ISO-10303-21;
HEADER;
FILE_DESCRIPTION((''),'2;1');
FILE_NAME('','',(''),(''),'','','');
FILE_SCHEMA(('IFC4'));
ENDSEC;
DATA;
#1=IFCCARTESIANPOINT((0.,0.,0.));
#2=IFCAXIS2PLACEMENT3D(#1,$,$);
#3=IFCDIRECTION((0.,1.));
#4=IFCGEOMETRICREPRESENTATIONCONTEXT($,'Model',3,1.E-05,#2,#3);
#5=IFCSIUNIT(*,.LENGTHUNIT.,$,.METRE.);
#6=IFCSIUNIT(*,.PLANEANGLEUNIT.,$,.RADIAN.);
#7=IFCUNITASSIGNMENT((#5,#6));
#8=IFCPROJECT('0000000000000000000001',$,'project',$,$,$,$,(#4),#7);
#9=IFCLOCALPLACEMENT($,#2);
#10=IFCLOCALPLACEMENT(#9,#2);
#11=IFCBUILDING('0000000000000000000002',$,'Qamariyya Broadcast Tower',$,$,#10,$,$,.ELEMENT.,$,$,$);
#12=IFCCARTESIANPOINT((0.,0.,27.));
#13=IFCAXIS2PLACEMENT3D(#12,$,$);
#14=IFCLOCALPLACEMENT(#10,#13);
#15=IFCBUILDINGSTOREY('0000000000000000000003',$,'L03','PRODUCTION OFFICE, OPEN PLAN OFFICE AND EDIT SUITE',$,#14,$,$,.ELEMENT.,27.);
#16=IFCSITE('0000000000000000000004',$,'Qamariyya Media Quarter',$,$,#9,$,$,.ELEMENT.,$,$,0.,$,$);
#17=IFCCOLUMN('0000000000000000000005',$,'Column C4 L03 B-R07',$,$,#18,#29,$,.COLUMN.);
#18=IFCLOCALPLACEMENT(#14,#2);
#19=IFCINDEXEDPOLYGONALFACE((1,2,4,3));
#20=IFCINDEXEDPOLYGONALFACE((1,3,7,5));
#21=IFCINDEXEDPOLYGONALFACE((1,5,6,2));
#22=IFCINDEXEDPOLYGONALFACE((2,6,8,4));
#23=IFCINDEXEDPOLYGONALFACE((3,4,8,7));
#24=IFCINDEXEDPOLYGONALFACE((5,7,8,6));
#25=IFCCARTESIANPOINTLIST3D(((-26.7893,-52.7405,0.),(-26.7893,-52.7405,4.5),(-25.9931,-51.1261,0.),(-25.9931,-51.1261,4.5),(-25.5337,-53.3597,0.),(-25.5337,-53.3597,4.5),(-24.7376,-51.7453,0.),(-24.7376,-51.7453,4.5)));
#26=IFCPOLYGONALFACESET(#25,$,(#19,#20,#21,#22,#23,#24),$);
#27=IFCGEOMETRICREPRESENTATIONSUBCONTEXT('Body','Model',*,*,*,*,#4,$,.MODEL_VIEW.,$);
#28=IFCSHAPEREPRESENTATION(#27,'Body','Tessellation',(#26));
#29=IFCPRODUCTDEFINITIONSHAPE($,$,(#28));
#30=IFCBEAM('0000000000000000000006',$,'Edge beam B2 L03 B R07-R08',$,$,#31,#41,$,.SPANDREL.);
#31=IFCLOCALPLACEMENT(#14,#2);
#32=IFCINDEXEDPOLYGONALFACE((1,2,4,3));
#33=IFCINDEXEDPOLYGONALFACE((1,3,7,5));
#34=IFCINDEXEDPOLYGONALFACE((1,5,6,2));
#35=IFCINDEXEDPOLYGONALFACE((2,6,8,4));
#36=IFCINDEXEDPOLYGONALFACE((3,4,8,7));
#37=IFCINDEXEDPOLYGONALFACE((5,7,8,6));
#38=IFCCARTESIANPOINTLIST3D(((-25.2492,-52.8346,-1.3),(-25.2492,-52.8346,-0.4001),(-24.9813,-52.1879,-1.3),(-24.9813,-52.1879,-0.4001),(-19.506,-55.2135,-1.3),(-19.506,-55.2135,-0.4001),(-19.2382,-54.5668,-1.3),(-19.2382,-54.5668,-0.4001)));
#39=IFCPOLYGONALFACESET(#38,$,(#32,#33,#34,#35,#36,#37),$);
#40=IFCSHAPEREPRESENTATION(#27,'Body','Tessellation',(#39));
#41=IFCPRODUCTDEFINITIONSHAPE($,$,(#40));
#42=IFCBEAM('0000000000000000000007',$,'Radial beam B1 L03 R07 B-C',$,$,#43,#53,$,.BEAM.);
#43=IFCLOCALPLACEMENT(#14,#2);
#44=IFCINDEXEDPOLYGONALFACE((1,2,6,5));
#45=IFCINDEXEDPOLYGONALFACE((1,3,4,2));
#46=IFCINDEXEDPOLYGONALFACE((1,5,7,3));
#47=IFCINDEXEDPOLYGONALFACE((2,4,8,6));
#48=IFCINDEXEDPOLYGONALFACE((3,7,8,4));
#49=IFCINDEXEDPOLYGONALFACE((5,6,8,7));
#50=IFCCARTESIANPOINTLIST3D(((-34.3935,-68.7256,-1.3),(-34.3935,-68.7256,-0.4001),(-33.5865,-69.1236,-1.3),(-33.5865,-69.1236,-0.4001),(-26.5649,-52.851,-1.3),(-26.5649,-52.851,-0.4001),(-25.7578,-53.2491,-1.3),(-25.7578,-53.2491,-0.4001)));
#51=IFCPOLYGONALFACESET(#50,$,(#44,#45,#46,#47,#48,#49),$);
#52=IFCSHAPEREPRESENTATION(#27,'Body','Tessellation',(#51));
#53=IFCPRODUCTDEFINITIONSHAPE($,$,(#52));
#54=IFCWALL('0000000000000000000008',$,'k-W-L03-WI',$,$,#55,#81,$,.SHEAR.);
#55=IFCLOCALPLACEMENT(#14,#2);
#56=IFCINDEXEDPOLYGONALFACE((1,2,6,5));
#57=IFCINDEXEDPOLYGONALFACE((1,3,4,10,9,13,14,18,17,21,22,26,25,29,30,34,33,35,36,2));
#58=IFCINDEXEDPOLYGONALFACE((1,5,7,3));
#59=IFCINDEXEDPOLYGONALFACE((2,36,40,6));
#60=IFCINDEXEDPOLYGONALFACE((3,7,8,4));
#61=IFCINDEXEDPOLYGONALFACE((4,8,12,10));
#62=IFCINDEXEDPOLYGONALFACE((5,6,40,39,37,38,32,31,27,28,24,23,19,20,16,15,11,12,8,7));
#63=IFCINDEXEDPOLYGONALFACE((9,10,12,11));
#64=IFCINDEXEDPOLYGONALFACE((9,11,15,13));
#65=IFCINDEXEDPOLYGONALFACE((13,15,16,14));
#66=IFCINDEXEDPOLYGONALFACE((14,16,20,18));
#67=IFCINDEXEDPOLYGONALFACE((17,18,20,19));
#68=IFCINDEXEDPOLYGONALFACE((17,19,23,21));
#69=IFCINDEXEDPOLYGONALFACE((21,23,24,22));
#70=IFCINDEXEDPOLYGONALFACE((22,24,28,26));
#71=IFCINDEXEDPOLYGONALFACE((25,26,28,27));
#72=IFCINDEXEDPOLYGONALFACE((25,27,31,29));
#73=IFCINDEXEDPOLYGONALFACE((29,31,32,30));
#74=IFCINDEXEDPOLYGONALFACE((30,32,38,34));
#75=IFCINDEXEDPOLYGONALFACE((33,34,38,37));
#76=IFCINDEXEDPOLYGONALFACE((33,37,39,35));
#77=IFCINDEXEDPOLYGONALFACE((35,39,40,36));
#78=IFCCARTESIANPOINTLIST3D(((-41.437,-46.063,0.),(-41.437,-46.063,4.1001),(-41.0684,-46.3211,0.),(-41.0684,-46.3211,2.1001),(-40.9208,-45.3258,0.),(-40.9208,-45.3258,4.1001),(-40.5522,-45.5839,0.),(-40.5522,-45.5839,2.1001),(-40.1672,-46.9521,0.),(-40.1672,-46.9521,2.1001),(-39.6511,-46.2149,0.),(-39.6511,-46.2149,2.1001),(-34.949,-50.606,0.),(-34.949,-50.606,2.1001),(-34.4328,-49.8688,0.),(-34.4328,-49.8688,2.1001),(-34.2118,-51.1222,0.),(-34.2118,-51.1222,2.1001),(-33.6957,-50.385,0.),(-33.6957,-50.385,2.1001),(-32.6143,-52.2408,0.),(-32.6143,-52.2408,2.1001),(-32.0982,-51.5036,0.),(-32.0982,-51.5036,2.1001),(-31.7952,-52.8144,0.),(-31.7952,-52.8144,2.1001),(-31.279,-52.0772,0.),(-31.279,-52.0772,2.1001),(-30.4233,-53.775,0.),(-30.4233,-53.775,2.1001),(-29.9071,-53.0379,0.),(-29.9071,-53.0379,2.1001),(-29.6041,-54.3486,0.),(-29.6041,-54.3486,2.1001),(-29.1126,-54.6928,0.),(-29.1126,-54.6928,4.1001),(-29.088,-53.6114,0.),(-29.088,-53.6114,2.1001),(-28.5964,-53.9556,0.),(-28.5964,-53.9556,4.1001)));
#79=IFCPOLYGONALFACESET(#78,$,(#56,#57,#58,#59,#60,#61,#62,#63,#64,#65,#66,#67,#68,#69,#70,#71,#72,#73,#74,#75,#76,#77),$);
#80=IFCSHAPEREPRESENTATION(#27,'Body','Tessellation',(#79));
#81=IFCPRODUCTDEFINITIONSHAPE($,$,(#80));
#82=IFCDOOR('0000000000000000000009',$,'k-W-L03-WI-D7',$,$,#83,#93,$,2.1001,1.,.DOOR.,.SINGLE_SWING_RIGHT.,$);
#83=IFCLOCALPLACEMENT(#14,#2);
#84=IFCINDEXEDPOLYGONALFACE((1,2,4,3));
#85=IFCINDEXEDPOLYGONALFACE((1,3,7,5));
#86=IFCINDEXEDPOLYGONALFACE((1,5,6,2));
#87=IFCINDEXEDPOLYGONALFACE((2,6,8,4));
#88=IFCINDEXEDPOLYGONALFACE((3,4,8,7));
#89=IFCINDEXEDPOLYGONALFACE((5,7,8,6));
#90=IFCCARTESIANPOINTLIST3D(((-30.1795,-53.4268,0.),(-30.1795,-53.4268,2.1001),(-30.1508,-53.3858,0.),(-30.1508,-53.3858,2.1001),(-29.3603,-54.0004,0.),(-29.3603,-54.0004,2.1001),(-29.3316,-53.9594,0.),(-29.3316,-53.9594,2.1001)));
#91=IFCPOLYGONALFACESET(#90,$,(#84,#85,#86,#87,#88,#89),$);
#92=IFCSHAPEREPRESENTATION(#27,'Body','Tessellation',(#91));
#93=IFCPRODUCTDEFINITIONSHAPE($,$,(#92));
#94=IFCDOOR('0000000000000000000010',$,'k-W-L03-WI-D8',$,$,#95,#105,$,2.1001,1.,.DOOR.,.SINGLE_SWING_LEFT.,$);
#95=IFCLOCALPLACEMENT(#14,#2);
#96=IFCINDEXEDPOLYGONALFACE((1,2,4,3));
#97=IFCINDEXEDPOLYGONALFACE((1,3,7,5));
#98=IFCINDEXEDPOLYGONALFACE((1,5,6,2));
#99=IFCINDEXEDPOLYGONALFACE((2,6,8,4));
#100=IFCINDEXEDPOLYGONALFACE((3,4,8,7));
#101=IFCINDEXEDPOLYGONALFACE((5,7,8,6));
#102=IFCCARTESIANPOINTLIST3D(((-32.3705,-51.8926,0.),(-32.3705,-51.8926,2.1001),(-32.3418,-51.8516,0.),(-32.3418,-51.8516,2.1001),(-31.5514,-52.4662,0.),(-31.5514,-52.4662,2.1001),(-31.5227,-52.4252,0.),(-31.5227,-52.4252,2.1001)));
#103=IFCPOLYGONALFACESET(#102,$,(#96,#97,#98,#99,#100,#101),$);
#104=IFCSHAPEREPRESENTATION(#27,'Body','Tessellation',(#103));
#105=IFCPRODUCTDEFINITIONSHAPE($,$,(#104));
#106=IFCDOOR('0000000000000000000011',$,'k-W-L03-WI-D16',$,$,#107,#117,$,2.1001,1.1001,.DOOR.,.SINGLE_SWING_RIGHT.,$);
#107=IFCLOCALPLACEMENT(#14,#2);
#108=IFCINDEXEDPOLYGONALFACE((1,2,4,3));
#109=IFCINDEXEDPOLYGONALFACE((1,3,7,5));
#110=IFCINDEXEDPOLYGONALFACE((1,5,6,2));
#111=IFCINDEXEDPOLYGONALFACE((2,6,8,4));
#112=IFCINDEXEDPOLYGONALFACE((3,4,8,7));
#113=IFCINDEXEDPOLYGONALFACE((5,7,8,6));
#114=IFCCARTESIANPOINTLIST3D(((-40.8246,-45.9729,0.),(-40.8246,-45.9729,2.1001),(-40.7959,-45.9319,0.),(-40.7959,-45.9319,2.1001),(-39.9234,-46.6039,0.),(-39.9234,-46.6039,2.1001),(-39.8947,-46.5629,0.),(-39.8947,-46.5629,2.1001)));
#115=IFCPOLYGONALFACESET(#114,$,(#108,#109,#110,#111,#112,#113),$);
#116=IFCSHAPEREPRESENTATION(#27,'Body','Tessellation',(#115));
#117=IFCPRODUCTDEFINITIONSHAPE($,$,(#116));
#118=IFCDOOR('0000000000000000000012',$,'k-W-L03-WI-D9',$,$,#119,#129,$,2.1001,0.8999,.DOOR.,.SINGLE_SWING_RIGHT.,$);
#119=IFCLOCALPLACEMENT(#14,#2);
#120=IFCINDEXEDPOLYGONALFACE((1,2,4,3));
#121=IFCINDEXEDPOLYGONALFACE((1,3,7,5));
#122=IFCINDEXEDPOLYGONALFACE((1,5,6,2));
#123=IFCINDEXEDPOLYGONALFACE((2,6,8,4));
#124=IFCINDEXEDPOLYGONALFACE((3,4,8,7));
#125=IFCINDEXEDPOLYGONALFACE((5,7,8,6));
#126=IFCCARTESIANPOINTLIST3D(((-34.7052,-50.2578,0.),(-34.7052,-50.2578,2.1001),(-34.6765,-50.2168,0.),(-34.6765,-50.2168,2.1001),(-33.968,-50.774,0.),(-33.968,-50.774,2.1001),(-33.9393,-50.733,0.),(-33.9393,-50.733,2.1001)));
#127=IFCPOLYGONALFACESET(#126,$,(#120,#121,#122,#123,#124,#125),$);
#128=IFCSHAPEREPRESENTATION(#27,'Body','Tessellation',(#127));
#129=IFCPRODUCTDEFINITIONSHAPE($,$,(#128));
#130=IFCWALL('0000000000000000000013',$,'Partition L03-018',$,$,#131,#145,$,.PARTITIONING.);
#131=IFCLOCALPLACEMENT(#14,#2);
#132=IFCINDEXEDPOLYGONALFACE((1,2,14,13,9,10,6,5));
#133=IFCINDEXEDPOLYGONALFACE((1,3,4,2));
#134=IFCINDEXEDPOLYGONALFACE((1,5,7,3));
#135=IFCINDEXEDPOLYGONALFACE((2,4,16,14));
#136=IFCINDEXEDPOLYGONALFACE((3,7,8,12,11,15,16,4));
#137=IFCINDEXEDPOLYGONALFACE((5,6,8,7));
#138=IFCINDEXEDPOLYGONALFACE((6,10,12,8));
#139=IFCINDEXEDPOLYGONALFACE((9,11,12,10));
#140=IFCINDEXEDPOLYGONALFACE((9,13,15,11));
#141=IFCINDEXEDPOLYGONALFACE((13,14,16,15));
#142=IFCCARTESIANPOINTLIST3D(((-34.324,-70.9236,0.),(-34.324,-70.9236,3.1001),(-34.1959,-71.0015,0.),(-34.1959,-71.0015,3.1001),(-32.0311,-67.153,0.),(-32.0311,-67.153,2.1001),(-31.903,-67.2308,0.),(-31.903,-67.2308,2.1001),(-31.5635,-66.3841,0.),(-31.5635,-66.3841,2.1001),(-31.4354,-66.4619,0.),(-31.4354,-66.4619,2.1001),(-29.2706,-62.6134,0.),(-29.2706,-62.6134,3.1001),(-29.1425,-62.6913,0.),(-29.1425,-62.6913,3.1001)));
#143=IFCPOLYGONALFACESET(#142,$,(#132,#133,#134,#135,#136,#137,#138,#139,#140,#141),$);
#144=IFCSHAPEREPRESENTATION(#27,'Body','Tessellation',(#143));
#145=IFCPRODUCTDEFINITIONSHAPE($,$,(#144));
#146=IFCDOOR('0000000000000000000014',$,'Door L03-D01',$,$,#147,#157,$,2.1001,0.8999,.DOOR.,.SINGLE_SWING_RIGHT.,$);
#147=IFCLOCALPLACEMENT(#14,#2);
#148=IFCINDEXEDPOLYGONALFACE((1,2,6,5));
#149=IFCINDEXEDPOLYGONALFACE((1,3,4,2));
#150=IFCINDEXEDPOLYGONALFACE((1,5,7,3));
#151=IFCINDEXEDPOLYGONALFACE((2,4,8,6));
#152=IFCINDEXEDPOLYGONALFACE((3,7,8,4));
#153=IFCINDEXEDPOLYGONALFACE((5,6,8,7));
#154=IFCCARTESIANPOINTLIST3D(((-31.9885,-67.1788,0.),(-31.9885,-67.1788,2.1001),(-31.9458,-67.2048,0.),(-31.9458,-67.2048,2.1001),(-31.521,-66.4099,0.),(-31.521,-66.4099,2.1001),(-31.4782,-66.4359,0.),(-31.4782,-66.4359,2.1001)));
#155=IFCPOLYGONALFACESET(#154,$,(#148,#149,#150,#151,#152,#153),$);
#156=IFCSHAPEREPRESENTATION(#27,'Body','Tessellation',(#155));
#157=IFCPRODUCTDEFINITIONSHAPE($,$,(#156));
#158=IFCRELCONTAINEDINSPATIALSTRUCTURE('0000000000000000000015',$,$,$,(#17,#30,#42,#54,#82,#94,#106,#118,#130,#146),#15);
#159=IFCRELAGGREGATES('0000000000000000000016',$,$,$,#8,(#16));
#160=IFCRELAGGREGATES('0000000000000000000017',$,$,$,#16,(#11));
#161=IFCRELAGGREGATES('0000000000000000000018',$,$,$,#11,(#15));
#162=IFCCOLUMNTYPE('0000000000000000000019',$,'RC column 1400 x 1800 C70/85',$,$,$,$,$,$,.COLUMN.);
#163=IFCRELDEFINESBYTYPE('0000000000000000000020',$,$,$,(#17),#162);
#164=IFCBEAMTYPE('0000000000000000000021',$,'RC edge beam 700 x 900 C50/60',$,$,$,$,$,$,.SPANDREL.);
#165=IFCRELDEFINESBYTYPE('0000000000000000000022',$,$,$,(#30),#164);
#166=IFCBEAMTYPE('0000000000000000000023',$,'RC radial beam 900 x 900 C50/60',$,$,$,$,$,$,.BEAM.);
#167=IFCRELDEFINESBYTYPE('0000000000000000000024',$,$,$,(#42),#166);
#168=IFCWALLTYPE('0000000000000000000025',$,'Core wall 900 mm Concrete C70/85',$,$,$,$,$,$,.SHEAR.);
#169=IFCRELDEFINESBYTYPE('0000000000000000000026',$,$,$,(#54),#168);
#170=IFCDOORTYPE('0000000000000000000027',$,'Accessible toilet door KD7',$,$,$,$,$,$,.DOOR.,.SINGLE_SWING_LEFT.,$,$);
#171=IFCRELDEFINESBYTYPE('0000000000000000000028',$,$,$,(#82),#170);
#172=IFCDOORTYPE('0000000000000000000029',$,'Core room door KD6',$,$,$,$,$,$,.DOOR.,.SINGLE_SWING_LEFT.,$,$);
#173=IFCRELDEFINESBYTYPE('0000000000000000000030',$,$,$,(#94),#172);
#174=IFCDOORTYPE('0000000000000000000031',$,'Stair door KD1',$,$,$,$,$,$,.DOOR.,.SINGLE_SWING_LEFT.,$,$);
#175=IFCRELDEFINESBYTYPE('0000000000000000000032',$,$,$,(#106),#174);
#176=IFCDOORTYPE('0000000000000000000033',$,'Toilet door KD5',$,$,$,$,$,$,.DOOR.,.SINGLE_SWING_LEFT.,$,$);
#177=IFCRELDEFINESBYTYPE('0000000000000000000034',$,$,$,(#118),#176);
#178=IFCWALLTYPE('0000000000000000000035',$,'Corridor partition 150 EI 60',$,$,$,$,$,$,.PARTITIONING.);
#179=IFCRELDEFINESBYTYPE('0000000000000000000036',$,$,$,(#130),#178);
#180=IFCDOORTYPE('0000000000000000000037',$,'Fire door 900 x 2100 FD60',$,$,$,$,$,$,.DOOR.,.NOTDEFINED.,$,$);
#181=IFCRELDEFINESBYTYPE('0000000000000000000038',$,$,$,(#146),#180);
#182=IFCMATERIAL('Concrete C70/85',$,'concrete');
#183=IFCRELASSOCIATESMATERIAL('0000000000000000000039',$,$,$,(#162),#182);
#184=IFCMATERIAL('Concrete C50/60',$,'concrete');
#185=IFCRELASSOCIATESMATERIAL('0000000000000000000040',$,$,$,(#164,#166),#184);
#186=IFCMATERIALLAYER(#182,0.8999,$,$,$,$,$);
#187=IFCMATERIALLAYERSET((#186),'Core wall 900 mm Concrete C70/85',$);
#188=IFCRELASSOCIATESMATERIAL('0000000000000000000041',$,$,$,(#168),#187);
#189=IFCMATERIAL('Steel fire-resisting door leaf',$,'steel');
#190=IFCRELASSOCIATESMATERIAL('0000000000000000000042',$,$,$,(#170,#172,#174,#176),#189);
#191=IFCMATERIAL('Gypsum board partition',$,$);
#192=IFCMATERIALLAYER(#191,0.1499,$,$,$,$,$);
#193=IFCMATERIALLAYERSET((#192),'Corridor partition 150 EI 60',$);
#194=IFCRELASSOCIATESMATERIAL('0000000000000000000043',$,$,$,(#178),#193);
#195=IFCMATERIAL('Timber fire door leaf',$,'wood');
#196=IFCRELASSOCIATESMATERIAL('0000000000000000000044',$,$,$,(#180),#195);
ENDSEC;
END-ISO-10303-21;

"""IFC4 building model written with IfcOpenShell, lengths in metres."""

from ifc_helpers import new_model, si_unit, direction, frame, frame_2d, origin, origin_2d, place, context, subcontext, project, spatial, rectangle, extrude, material, layer, layer_set, material_profile, profile_set, type_object, element, fill, save


model = new_model("IFC4")

# Units and contexts
model_context = context("Model", 3, precision=1e-05, world=origin(), true_north=direction((0.0, 1.0)))
body_context = subcontext(model_context, "Body", "Model", "MODEL_VIEW")
ifc_project = project(units=[si_unit("LENGTHUNIT", "METRE"), si_unit("PLANEANGLEUNIT", "RADIAN")], contexts=[model_context])

# Site, building, storey
site_placement = place(None, origin())
site = spatial("IfcSite", under=ifc_project, at=site_placement, Name="Qamariyya Media Quarter", CompositionType="ELEMENT", RefElevation=0.0)
building_placement = place(site_placement, origin())
building = spatial("IfcBuilding", under=site, at=building_placement, Name="Qamariyya Broadcast Tower", CompositionType="ELEMENT")
storey_placement = place(building_placement, frame((0.0, 0.0, 27.0)))
storey = spatial("IfcBuildingStorey", under=building, at=storey_placement, Name="L03", Description="PRODUCTION OFFICE, OPEN PLAN OFFICE AND EDIT SUITE", CompositionType="ELEMENT", Elevation=27.0)

# Column
ifc_material_1 = material(Name="Concrete C70/85", Category="concrete")
ifc_material_profile_1 = material_profile(ifc_material_1, rectangle(XDim=1.3999, YDim=1.8, at=origin_2d()))
ifc_profile_set_1 = profile_set([ifc_material_profile_1], Name="Concrete C70/85")
column_type = type_object("IfcColumnType", Name="RC column 1400 x 1800 C70/85", PredefinedType="COLUMN", material=ifc_profile_set_1)
column_placement = place(storey_placement, frame((-25.7634, -52.2429, 0.0), z_axis=(0.0, 0.0, 1.0), x_axis=(0.896873, -0.442289, 0.0)))
element("IfcColumn", 1, at=column_placement, inside=storey, type_object=column_type, Name="Column C4 L03 B-R07", PredefinedType="COLUMN", context=body_context, shape_type="SweptSolid", body=[
    extrude(rectangle(XDim=1.3999, YDim=1.8, at=origin_2d()), origin(), (0.0, 0.0, 1.0), 4.5),
])

# Beams
ifc_material_2 = material(Name="Concrete C50/60", Category="concrete")
ifc_material_profile_2 = material_profile(ifc_material_2, rectangle(XDim=0.7, YDim=0.8999, at=origin_2d()))
ifc_profile_set_2 = profile_set([ifc_material_profile_2], Name="Concrete C50/60")
beam_type_1 = type_object("IfcBeamType", Name="RC edge beam 700 x 900 C50/60", PredefinedType="SPANDREL", material=ifc_profile_set_2)
beam_1_placement = place(storey_placement, frame((-25.1152, -52.5112, -0.8501), z_axis=(0.923879, -0.382685, 0.0), x_axis=(0.382685, 0.923879, 0.0)))
element("IfcBeam", 2, at=beam_1_placement, inside=storey, type_object=beam_type_1, Name="Edge beam B2 L03 B R07-R08", PredefinedType="SPANDREL", context=body_context, shape_type="SweptSolid", body=[
    extrude(rectangle(XDim=0.7, YDim=0.8999, at=origin_2d()), origin(), (0.0, 0.0, 1.0), 6.2163),
])
ifc_material_profile_3 = material_profile(ifc_material_2, rectangle(XDim=0.8999, YDim=0.8999, at=origin_2d()))
ifc_profile_set_3 = profile_set([ifc_material_profile_3], Name="Concrete C50/60")
beam_type_2 = type_object("IfcBeamType", Name="RC radial beam 900 x 900 C50/60", PredefinedType="BEAM", material=ifc_profile_set_3)
beam_2_placement = place(storey_placement, frame((-26.1614, -53.05, -0.8501), z_axis=(-0.442296, -0.896869, 0.0), x_axis=(0.896869, -0.442296, 0.0)))
element("IfcBeam", 3, at=beam_2_placement, inside=storey, type_object=beam_type_2, Name="Radial beam B1 L03 R07 B-C", PredefinedType="BEAM", context=body_context, shape_type="SweptSolid", body=[
    extrude(rectangle(XDim=0.8999, YDim=0.8999, at=origin_2d()), origin(), (0.0, 0.0, 1.0), 17.7),
])

# Wall, openings, doors
ifc_layer_1 = layer(ifc_material_1, 0.8999)
ifc_layer_set_1 = layer_set([ifc_layer_1], Name="Core wall 900 mm Concrete C70/85")
wall_type_1 = type_object("IfcWallType", Name="Core wall 900 mm Concrete C70/85", PredefinedType="SHEAR", material=ifc_layer_set_1)
wall_1_placement = place(storey_placement, frame((-28.8545, -54.3242, 0.0), z_axis=(0.0, 0.0, 1.0), x_axis=(-0.819146, 0.573585, 0.0)))
wall_1 = element("IfcWall", 4, at=wall_1_placement, inside=storey, type_object=wall_type_1, Name="k-W-L03-WI", PredefinedType="SHEAR", context=body_context, shape_type="SweptSolid", body=[
    extrude(rectangle(XDim=15.0454, YDim=0.8999, at=frame_2d((7.5227, 0.0))), origin(), (0.0, 0.0, 1.0), 4.1001),
])
opening_1_placement = place(wall_1_placement, frame((0.6001, 0.0, 0.0)))
opening_1 = element("IfcOpeningElement", 5, at=opening_1_placement, cuts=wall_1, PredefinedType="OPENING", context=body_context, shape_type="SweptSolid", body=[
    extrude(rectangle(XDim=1.0, YDim=2.1001, at=frame_2d((0.5, 1.05))), frame((0.0, 0.46, 0.0), z_axis=(0.0, -1.0, 0.0), x_axis=(1.0, 0.0, 0.0)), (0.0, 0.0, 1.0), 0.9199),
])
opening_2_placement = place(wall_1_placement, frame((3.2749, 0.0, 0.0)))
opening_2 = element("IfcOpeningElement", 6, at=opening_2_placement, cuts=wall_1, PredefinedType="OPENING", context=body_context, shape_type="SweptSolid", body=[
    extrude(rectangle(XDim=1.0, YDim=2.1001, at=frame_2d((0.5, 1.05))), frame((0.0, 0.46, 0.0), z_axis=(0.0, -1.0, 0.0), x_axis=(1.0, 0.0, 0.0)), (0.0, 0.0, 1.0), 0.9199),
])
opening_3_placement = place(wall_1_placement, frame((6.2251, 0.0, 0.0)))
opening_3 = element("IfcOpeningElement", 7, at=opening_3_placement, cuts=wall_1, PredefinedType="OPENING", context=body_context, shape_type="SweptSolid", body=[
    extrude(rectangle(XDim=0.8999, YDim=2.1001, at=frame_2d((0.45, 1.05))), frame((0.0, 0.46, 0.0), z_axis=(0.0, -1.0, 0.0), x_axis=(1.0, 0.0, 0.0)), (0.0, 0.0, 1.0), 0.9199),
])
opening_4_placement = place(wall_1_placement, frame((13.4954, 0.0, 0.0)))
opening_4 = element("IfcOpeningElement", 8, at=opening_4_placement, cuts=wall_1, PredefinedType="OPENING", context=body_context, shape_type="SweptSolid", body=[
    extrude(rectangle(XDim=1.1001, YDim=2.1001, at=frame_2d((0.55, 1.05))), frame((0.0, 0.46, 0.0), z_axis=(0.0, -1.0, 0.0), x_axis=(1.0, 0.0, 0.0)), (0.0, 0.0, 1.0), 0.9199),
])
ifc_material_3 = material(Name="Steel fire-resisting door leaf", Category="steel")
door_type_1 = type_object("IfcDoorType", Name="Accessible toilet door KD7", OperationType="SINGLE_SWING_LEFT", PredefinedType="DOOR", material=ifc_material_3)
door_1_placement = place(opening_1_placement, origin())
door_1 = element("IfcDoor", 9, at=door_1_placement, inside=storey, type_object=door_type_1, Name="k-W-L03-WI-D7", OperationType="SINGLE_SWING_RIGHT", OverallHeight=2.1001, OverallWidth=1.0, PredefinedType="DOOR", context=body_context, shape_type="SweptSolid", body=[
    extrude(rectangle(XDim=1.0, YDim=2.1001, at=frame_2d((0.5, 1.05))), frame((0.0, 0.0249, 0.0), z_axis=(0.0, -1.0, 0.0), x_axis=(1.0, 0.0, 0.0)), (0.0, 0.0, 1.0), 0.05),
])
fill(opening_1, door_1)
door_type_2 = type_object("IfcDoorType", Name="Core room door KD6", OperationType="SINGLE_SWING_LEFT", PredefinedType="DOOR", material=ifc_material_3)
door_2_placement = place(opening_2_placement, origin())
door_2 = element("IfcDoor", 10, at=door_2_placement, inside=storey, type_object=door_type_2, Name="k-W-L03-WI-D8", OperationType="SINGLE_SWING_LEFT", OverallHeight=2.1001, OverallWidth=1.0, PredefinedType="DOOR", context=body_context, shape_type="SweptSolid", body=[
    extrude(rectangle(XDim=1.0, YDim=2.1001, at=frame_2d((0.5, 1.05))), frame((0.0, 0.0249, 0.0), z_axis=(0.0, -1.0, 0.0), x_axis=(1.0, 0.0, 0.0)), (0.0, 0.0, 1.0), 0.05),
])
fill(opening_2, door_2)
door_type_3 = type_object("IfcDoorType", Name="Stair door KD1", OperationType="SINGLE_SWING_LEFT", PredefinedType="DOOR", material=ifc_material_3)
door_3_placement = place(opening_4_placement, origin())
door_3 = element("IfcDoor", 11, at=door_3_placement, inside=storey, type_object=door_type_3, Name="k-W-L03-WI-D16", OperationType="SINGLE_SWING_RIGHT", OverallHeight=2.1001, OverallWidth=1.1001, PredefinedType="DOOR", context=body_context, shape_type="SweptSolid", body=[
    extrude(rectangle(XDim=1.1001, YDim=2.1001, at=frame_2d((0.55, 1.05))), frame((0.0, 0.0249, 0.0), z_axis=(0.0, -1.0, 0.0), x_axis=(1.0, 0.0, 0.0)), (0.0, 0.0, 1.0), 0.05),
])
fill(opening_4, door_3)
door_type_4 = type_object("IfcDoorType", Name="Toilet door KD5", OperationType="SINGLE_SWING_LEFT", PredefinedType="DOOR", material=ifc_material_3)
door_4_placement = place(opening_3_placement, origin())
door_4 = element("IfcDoor", 12, at=door_4_placement, inside=storey, type_object=door_type_4, Name="k-W-L03-WI-D9", OperationType="SINGLE_SWING_RIGHT", OverallHeight=2.1001, OverallWidth=0.8999, PredefinedType="DOOR", context=body_context, shape_type="SweptSolid", body=[
    extrude(rectangle(XDim=0.8999, YDim=2.1001, at=frame_2d((0.45, 1.05))), frame((0.0, 0.0249, 0.0), z_axis=(0.0, -1.0, 0.0), x_axis=(1.0, 0.0, 0.0)), (0.0, 0.0, 1.0), 0.05),
])
fill(opening_3, door_4)

# Wall, opening, door
ifc_material_4 = material(Name="Gypsum board partition")
ifc_layer_2 = layer(ifc_material_4, 0.1499)
ifc_layer_set_2 = layer_set([ifc_layer_2], Name="Corridor partition 150 EI 60")
wall_type_2 = type_object("IfcWallType", Name="Corridor partition 150 EI 60", PredefinedType="PARTITIONING", material=ifc_layer_set_2)
wall_2_placement = place(storey_placement, frame((-29.2065, -62.6523, 0.0), z_axis=(0.0, 0.0, 1.0), x_axis=(-0.519573, -0.854426, 0.0)))
wall_2 = element("IfcWall", 13, at=wall_2_placement, inside=storey, type_object=wall_type_2, Name="Partition L03-018", PredefinedType="PARTITIONING", context=body_context, shape_type="SweptSolid", body=[
    extrude(rectangle(XDim=9.7261, YDim=0.1499, at=frame_2d((4.863, 0.0))), origin(), (0.0, 0.0, 1.0), 3.1001),
])
opening_5_placement = place(wall_2_placement, frame((4.4131, 0.0, 0.0)))
opening_5 = element("IfcOpeningElement", 14, at=opening_5_placement, cuts=wall_2, PredefinedType="OPENING", context=body_context, shape_type="SweptSolid", body=[
    extrude(rectangle(XDim=0.8999, YDim=2.1001, at=frame_2d((0.45, 1.05))), frame((0.0, 0.085, 0.0), z_axis=(0.0, -1.0, 0.0), x_axis=(1.0, 0.0, 0.0)), (0.0, 0.0, 1.0), 0.1699),
])
ifc_material_5 = material(Name="Timber fire door leaf", Category="wood")
door_type_5 = type_object("IfcDoorType", Name="Fire door 900 x 2100 FD60", OperationType="NOTDEFINED", PredefinedType="DOOR", material=ifc_material_5)
door_5_placement = place(opening_5_placement, origin())
door_5 = element("IfcDoor", 15, at=door_5_placement, inside=storey, type_object=door_type_5, Name="Door L03-D01", OperationType="SINGLE_SWING_RIGHT", OverallHeight=2.1001, OverallWidth=0.8999, PredefinedType="DOOR", context=body_context, shape_type="SweptSolid", body=[
    extrude(rectangle(XDim=0.8999, YDim=2.1001, at=frame_2d((0.45, 1.05))), frame((0.0, 0.0249, 0.0), z_axis=(0.0, -1.0, 0.0), x_axis=(1.0, 0.0, 0.0)), (0.0, 0.0, 1.0), 0.05),
])
fill(opening_5, door_5)

save(model, "model.ifc")
